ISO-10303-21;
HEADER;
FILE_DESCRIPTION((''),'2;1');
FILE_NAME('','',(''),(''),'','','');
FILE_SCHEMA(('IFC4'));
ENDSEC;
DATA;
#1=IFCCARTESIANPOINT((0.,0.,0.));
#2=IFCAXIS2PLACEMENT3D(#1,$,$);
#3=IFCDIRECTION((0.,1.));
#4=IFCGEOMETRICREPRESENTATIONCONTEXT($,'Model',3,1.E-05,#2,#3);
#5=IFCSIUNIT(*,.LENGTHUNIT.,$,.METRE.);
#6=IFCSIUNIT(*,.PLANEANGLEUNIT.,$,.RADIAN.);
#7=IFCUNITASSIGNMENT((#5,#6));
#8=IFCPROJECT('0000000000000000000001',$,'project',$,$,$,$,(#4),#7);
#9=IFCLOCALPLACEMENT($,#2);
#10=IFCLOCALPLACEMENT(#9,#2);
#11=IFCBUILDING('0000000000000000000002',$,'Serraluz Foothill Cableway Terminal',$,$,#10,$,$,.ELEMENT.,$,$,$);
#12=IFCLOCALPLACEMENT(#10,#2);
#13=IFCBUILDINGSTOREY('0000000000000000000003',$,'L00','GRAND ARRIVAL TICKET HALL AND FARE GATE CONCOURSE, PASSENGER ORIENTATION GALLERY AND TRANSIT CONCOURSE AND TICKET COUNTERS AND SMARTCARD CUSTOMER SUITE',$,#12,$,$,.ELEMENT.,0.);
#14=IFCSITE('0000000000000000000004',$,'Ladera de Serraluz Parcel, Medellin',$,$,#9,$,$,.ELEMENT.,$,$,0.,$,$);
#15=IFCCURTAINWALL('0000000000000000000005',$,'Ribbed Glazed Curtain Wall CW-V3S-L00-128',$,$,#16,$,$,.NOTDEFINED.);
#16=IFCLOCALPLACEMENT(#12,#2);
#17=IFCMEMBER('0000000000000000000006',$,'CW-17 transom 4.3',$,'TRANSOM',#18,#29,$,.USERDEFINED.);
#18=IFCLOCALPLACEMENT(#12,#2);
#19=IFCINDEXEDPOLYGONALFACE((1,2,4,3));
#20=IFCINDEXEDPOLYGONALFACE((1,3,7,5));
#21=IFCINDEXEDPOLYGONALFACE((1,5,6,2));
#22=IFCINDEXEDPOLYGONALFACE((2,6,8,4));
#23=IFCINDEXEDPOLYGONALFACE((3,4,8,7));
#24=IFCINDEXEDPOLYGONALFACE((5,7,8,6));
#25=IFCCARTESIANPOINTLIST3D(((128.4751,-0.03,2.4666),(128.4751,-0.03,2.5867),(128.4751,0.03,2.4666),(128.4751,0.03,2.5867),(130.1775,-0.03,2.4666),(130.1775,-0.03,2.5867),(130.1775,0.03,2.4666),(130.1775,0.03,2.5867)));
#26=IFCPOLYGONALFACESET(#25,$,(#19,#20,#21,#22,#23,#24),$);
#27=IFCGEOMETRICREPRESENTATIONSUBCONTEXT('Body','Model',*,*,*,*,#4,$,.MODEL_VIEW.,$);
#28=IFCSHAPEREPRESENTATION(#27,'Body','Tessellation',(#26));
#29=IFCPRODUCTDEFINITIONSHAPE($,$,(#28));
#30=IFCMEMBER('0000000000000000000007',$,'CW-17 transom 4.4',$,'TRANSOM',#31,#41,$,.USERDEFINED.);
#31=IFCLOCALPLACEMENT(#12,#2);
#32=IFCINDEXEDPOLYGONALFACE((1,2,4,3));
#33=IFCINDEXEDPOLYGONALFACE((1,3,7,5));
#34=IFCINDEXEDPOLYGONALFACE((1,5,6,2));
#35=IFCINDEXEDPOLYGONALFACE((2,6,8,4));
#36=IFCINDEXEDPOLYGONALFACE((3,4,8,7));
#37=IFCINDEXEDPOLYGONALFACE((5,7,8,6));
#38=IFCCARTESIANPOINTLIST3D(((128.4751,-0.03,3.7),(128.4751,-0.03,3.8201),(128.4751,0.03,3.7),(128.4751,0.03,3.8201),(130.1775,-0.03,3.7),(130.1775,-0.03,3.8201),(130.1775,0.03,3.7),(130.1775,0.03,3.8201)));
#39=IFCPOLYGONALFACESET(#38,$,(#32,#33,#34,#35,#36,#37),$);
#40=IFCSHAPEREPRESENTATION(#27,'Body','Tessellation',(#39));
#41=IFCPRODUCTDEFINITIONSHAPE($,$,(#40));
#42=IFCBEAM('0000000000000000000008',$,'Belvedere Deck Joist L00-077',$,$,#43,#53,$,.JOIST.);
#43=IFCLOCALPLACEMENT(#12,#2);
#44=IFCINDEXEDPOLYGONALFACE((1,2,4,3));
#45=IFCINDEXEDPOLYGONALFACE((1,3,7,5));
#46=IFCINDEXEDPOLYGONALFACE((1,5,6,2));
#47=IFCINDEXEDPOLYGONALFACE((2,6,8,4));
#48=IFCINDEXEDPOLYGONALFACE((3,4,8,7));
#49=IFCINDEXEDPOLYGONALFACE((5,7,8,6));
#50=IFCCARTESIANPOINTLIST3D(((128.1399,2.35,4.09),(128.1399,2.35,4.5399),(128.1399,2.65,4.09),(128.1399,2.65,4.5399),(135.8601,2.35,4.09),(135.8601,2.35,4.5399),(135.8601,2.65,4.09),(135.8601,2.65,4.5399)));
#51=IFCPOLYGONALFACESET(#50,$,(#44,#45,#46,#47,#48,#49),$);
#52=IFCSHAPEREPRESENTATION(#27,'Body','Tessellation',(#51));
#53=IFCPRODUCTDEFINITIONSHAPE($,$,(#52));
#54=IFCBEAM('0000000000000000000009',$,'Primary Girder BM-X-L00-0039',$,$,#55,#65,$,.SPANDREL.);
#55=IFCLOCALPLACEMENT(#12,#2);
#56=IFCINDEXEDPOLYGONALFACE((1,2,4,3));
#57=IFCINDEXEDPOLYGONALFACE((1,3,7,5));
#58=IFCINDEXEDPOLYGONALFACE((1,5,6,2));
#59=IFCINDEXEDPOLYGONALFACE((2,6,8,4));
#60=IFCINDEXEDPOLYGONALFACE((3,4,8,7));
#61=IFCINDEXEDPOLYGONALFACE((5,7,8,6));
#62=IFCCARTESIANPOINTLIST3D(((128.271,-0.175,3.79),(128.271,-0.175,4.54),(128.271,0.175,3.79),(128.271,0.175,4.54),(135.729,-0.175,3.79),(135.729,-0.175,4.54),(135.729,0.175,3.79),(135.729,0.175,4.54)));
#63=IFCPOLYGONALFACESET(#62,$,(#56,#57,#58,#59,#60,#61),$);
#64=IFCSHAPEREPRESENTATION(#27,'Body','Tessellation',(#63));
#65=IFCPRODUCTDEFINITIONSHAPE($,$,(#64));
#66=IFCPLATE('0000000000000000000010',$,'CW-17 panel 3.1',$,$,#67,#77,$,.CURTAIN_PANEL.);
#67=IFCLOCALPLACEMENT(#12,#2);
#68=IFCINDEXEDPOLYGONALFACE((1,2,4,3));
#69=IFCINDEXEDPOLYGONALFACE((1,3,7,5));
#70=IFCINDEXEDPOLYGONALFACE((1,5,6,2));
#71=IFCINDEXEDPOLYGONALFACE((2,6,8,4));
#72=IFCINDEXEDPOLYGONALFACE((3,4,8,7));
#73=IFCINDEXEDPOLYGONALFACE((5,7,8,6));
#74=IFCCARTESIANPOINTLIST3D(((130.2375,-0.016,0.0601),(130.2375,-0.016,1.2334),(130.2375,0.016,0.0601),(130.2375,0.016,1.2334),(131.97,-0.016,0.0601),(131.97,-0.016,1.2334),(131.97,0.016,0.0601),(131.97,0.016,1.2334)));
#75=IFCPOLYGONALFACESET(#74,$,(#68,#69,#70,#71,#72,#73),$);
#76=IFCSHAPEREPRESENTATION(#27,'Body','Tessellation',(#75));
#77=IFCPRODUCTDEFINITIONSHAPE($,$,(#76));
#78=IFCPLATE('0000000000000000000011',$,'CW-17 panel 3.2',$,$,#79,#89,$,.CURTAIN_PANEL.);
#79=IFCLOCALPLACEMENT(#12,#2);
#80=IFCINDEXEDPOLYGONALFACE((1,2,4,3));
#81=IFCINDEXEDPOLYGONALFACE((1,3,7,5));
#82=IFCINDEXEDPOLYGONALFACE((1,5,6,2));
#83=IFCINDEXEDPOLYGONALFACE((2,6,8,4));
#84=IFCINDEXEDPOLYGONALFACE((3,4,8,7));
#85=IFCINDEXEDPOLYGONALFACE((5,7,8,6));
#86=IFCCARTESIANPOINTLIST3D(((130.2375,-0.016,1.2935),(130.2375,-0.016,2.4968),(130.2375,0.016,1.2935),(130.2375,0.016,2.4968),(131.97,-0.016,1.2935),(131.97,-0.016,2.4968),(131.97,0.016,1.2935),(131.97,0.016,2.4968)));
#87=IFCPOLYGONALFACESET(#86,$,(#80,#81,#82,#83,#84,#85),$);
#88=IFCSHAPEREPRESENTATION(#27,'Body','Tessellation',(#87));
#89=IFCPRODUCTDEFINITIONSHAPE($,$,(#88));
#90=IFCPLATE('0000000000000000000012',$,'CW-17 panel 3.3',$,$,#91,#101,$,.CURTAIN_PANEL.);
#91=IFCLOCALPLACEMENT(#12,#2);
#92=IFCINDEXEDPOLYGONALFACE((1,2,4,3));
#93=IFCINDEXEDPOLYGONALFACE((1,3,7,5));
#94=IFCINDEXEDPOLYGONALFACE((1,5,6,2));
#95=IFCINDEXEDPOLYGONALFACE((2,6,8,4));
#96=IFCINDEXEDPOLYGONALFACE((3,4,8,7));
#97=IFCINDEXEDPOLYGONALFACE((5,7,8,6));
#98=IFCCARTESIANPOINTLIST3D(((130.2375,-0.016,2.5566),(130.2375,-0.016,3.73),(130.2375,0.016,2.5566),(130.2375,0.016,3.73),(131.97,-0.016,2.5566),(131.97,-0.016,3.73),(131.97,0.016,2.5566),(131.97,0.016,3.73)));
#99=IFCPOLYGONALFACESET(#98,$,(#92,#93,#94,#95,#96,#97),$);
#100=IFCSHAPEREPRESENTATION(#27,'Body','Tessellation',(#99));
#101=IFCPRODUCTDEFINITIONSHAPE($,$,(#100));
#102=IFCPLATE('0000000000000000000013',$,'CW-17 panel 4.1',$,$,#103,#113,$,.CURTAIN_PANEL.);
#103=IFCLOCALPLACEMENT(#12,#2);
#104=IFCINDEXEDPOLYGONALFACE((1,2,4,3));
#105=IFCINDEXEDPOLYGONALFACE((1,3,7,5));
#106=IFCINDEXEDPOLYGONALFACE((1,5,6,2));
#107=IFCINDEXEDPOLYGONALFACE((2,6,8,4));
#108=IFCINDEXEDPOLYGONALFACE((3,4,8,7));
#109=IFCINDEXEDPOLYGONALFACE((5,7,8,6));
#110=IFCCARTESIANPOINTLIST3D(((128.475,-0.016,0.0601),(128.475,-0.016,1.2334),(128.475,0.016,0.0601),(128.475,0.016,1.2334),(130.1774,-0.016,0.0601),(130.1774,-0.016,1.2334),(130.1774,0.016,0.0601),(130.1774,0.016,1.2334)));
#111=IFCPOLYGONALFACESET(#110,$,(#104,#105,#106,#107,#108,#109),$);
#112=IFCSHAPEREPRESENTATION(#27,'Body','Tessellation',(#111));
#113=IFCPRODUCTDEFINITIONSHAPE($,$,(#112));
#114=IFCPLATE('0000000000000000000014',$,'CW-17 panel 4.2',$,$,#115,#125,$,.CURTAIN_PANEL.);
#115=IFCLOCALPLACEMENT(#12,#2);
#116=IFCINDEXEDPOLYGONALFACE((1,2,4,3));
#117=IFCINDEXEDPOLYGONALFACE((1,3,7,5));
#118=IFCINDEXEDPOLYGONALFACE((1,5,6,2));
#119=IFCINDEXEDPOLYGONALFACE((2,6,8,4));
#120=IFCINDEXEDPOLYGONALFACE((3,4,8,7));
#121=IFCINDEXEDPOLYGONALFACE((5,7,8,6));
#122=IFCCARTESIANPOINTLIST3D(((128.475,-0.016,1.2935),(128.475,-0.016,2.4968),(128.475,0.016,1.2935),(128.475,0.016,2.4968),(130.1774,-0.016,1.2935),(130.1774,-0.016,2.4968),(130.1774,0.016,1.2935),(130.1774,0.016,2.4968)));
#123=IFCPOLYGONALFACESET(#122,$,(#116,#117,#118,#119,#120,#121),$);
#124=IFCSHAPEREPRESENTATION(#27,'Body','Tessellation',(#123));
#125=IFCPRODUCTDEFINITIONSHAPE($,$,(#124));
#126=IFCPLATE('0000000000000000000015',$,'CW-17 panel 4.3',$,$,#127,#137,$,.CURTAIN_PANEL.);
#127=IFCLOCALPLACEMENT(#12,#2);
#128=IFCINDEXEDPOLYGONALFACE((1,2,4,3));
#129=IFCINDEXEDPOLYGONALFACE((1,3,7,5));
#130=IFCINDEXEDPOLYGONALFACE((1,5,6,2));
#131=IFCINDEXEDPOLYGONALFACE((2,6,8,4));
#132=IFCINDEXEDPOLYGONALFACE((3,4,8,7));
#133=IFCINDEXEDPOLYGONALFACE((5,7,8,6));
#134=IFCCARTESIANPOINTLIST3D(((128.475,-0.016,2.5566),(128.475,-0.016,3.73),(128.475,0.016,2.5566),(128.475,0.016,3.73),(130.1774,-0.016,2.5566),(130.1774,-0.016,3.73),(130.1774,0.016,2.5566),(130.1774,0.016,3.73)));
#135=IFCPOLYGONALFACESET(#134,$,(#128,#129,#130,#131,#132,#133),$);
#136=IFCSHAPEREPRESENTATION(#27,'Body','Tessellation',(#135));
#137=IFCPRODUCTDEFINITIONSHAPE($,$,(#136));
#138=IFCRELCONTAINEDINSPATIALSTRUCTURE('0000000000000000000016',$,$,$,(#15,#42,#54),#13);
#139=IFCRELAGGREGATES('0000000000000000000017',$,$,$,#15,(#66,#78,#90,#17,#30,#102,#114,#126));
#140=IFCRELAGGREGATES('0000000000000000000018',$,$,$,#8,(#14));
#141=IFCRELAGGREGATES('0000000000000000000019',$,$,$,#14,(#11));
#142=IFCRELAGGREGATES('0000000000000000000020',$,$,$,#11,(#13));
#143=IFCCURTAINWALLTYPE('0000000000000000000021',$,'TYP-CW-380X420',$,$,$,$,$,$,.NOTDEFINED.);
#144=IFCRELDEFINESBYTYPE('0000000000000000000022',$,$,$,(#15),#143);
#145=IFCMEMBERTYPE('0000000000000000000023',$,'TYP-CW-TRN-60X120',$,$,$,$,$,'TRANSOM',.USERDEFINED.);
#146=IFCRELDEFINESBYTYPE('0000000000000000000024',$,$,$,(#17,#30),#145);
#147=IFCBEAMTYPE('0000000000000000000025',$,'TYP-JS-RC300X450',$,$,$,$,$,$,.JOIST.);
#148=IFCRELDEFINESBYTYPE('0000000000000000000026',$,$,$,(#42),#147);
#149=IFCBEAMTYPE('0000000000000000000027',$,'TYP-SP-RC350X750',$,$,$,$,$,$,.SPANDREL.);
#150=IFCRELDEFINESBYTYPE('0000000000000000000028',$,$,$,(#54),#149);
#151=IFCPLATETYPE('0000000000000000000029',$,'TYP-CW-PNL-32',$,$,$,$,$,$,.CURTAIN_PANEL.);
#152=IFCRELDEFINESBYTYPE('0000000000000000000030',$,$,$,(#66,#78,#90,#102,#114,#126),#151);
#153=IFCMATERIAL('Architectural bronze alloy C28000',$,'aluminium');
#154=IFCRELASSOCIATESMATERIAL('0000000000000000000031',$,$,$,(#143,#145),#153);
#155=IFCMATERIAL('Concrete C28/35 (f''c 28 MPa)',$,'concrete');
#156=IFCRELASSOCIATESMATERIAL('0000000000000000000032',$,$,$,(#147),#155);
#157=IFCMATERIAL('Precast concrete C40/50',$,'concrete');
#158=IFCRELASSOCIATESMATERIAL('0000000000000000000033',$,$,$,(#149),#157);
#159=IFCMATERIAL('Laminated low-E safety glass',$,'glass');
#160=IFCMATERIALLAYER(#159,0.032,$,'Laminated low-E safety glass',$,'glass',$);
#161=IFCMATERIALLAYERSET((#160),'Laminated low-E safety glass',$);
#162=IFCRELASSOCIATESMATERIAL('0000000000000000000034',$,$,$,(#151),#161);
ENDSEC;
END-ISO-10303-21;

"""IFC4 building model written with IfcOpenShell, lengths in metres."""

from ifc_helpers import new_model, si_unit, direction, frame, origin, origin_2d, place, context, subcontext, project, spatial, rectangle, extrude, material, layer, layer_set, material_profile, profile_set, type_object, element, aggregate, save


model = new_model("IFC4")

# Units and contexts
model_context = context("Model", 3, precision=1e-05, world=origin(), true_north=direction((0.0, 1.0)))
body_context = subcontext(model_context, "Body", "Model", "MODEL_VIEW")
ifc_project = project(units=[si_unit("LENGTHUNIT", "METRE"), si_unit("PLANEANGLEUNIT", "RADIAN")], contexts=[model_context])

# Site, building, storey
site_placement = place(None, origin())
site = spatial("IfcSite", under=ifc_project, at=site_placement, Name="Ladera de Serraluz Parcel, Medellin", CompositionType="ELEMENT", RefElevation=0.0)
building_placement = place(site_placement, origin())
building = spatial("IfcBuilding", under=site, at=building_placement, Name="Serraluz Foothill Cableway Terminal", CompositionType="ELEMENT")
storey_placement = place(building_placement, origin())
storey = spatial("IfcBuildingStorey", under=building, at=storey_placement, Name="L00", Description="GRAND ARRIVAL TICKET HALL AND FARE GATE CONCOURSE, PASSENGER ORIENTATION GALLERY AND TRANSIT CONCOURSE AND TICKET COUNTERS AND SMARTCARD CUSTOMER SUITE", CompositionType="ELEMENT", Elevation=0.0)

# Shared definitions
ifc_material_1 = material(Name="Concrete C28/35 (f'c 28 MPa)", Category="concrete")

# Curtain wall, members
ifc_material_2 = material(Name="Architectural bronze alloy C28000", Category="aluminium")
curtain_wall_type = type_object("IfcCurtainWallType", Name="TYP-CW-380X420", PredefinedType="NOTDEFINED", material=ifc_material_2)
curtain_wall_placement = place(storey_placement, origin())
curtain_wall = element("IfcCurtainWall", 1, at=curtain_wall_placement, inside=storey, type_object=curtain_wall_type, Name="Ribbed Glazed Curtain Wall CW-V3S-L00-128", PredefinedType="NOTDEFINED")
ifc_material_profile_1 = material_profile(ifc_material_2, rectangle(XDim=0.0601, YDim=0.1201, at=origin_2d()), Name="ALU TRANSOM 60x120")
ifc_profile_set_1 = profile_set([ifc_material_profile_1], Name="Architectural bronze alloy C28000")
member_type_1 = type_object("IfcMemberType", Name="TYP-CW-TRN-60X120", ElementType="TRANSOM", PredefinedType="USERDEFINED", material=ifc_profile_set_1)
member_1_placement = place(storey_placement, frame((130.1775, 0.0, 2.5266), z_axis=(-1.0, 0.0, 0.0), x_axis=(0.0, -1.0, 0.0)))
member_1 = element("IfcMember", 2, at=member_1_placement, type_object=member_type_1, Name="CW-17 transom 4.3", ObjectType="TRANSOM", PredefinedType="USERDEFINED", context=body_context, shape_type="SweptSolid", body=[
    extrude(rectangle(XDim=0.0601, YDim=0.1201, at=origin_2d()), origin(), (0.0, 0.0, 1.0), 1.7024),
])
member_2_placement = place(storey_placement, frame((130.1775, 0.0, 3.76), z_axis=(-1.0, 0.0, 0.0), x_axis=(0.0, -1.0, 0.0)))
member_2 = element("IfcMember", 3, at=member_2_placement, type_object=member_type_1, Name="CW-17 transom 4.4", ObjectType="TRANSOM", PredefinedType="USERDEFINED", context=body_context, shape_type="SweptSolid", body=[
    extrude(rectangle(XDim=0.0601, YDim=0.1201, at=origin_2d()), origin(), (0.0, 0.0, 1.0), 1.7024),
])

# Beams
ifc_material_profile_2 = material_profile(ifc_material_1, rectangle(XDim=0.3, YDim=0.45, at=origin_2d()), Name="RC 300x450")
ifc_profile_set_2 = profile_set([ifc_material_profile_2], Name="Concrete C28/35 (f'c 28 MPa)")
beam_type_1 = type_object("IfcBeamType", Name="TYP-JS-RC300X450", PredefinedType="JOIST", material=ifc_profile_set_2)
beam_1_placement = place(storey_placement, frame((128.1399, 2.5, 4.3149), z_axis=(1.0, 0.0, 0.0), x_axis=(0.0, 1.0, 0.0)))
element("IfcBeam", 4, at=beam_1_placement, inside=storey, type_object=beam_type_1, Name="Belvedere Deck Joist L00-077", PredefinedType="JOIST", context=body_context, shape_type="SweptSolid", body=[
    extrude(rectangle(XDim=0.3, YDim=0.45, at=origin_2d()), origin(), (0.0, 0.0, 1.0), 7.7202),
])
ifc_material_3 = material(Name="Precast concrete C40/50", Category="concrete")
ifc_material_profile_3 = material_profile(ifc_material_3, rectangle(XDim=0.3501, YDim=0.75, at=origin_2d()), Name="RC SP 350x750")
ifc_profile_set_3 = profile_set([ifc_material_profile_3], Name="Precast concrete C40/50")
beam_type_2 = type_object("IfcBeamType", Name="TYP-SP-RC350X750", PredefinedType="SPANDREL", material=ifc_profile_set_3)
beam_2_placement = place(storey_placement, frame((128.271, 0.0, 4.165), z_axis=(1.0, 0.0, 0.0), x_axis=(0.0, 1.0, 0.0)))
element("IfcBeam", 5, at=beam_2_placement, inside=storey, type_object=beam_type_2, Name="Primary Girder BM-X-L00-0039", PredefinedType="SPANDREL", context=body_context, shape_type="SweptSolid", body=[
    extrude(rectangle(XDim=0.3501, YDim=0.75, at=origin_2d()), origin(), (0.0, 0.0, 1.0), 7.458),
])

# Plates
ifc_material_4 = material(Name="Laminated low-E safety glass", Category="glass")
ifc_layer = layer(ifc_material_4, 0.032, Name="Laminated low-E safety glass", Category="glass")
ifc_layer_set = layer_set([ifc_layer], Name="Laminated low-E safety glass")
plate_type = type_object("IfcPlateType", Name="TYP-CW-PNL-32", PredefinedType="CURTAIN_PANEL", material=ifc_layer_set)
plate_1_placement = place(storey_placement, frame((131.1038, 0.0, 0.0601), z_axis=(0.0, 0.0, 1.0), x_axis=(-1.0, 0.0, 0.0)))
plate_1 = element("IfcPlate", 6, at=plate_1_placement, type_object=plate_type, Name="CW-17 panel 3.1", PredefinedType="CURTAIN_PANEL", context=body_context, shape_type="SweptSolid", body=[
    extrude(rectangle(XDim=1.7324, YDim=0.032, at=origin_2d()), origin(), (0.0, 0.0, 1.0), 1.1733),
])
plate_2_placement = place(storey_placement, frame((131.1038, 0.0, 1.2935), z_axis=(0.0, 0.0, 1.0), x_axis=(-1.0, 0.0, 0.0)))
plate_2 = element("IfcPlate", 7, at=plate_2_placement, type_object=plate_type, Name="CW-17 panel 3.2", PredefinedType="CURTAIN_PANEL", context=body_context, shape_type="SweptSolid", body=[
    extrude(rectangle(XDim=1.7324, YDim=0.032, at=origin_2d()), origin(), (0.0, 0.0, 1.0), 1.2034),
])
plate_3_placement = place(storey_placement, frame((131.1038, 0.0, 2.5566), z_axis=(0.0, 0.0, 1.0), x_axis=(-1.0, 0.0, 0.0)))
plate_3 = element("IfcPlate", 8, at=plate_3_placement, type_object=plate_type, Name="CW-17 panel 3.3", PredefinedType="CURTAIN_PANEL", context=body_context, shape_type="SweptSolid", body=[
    extrude(rectangle(XDim=1.7324, YDim=0.032, at=origin_2d()), origin(), (0.0, 0.0, 1.0), 1.1733),
])
plate_4_placement = place(storey_placement, frame((129.3262, 0.0, 0.0601), z_axis=(0.0, 0.0, 1.0), x_axis=(-1.0, 0.0, 0.0)))
plate_4 = element("IfcPlate", 9, at=plate_4_placement, type_object=plate_type, Name="CW-17 panel 4.1", PredefinedType="CURTAIN_PANEL", context=body_context, shape_type="SweptSolid", body=[
    extrude(rectangle(XDim=1.7024, YDim=0.032, at=origin_2d()), origin(), (0.0, 0.0, 1.0), 1.1733),
])
plate_5_placement = place(storey_placement, frame((129.3262, 0.0, 1.2935), z_axis=(0.0, 0.0, 1.0), x_axis=(-1.0, 0.0, 0.0)))
plate_5 = element("IfcPlate", 10, at=plate_5_placement, type_object=plate_type, Name="CW-17 panel 4.2", PredefinedType="CURTAIN_PANEL", context=body_context, shape_type="SweptSolid", body=[
    extrude(rectangle(XDim=1.7024, YDim=0.032, at=origin_2d()), origin(), (0.0, 0.0, 1.0), 1.2034),
])
plate_6_placement = place(storey_placement, frame((129.3262, 0.0, 2.5566), z_axis=(0.0, 0.0, 1.0), x_axis=(-1.0, 0.0, 0.0)))
plate_6 = element("IfcPlate", 11, at=plate_6_placement, type_object=plate_type, Name="CW-17 panel 4.3", PredefinedType="CURTAIN_PANEL", context=body_context, shape_type="SweptSolid", body=[
    extrude(rectangle(XDim=1.7024, YDim=0.032, at=origin_2d()), origin(), (0.0, 0.0, 1.0), 1.1733),
])
aggregate(curtain_wall, [plate_1, plate_2, plate_3, member_1, member_2, plate_4, plate_5, plate_6])

save(model, "model.ifc")
